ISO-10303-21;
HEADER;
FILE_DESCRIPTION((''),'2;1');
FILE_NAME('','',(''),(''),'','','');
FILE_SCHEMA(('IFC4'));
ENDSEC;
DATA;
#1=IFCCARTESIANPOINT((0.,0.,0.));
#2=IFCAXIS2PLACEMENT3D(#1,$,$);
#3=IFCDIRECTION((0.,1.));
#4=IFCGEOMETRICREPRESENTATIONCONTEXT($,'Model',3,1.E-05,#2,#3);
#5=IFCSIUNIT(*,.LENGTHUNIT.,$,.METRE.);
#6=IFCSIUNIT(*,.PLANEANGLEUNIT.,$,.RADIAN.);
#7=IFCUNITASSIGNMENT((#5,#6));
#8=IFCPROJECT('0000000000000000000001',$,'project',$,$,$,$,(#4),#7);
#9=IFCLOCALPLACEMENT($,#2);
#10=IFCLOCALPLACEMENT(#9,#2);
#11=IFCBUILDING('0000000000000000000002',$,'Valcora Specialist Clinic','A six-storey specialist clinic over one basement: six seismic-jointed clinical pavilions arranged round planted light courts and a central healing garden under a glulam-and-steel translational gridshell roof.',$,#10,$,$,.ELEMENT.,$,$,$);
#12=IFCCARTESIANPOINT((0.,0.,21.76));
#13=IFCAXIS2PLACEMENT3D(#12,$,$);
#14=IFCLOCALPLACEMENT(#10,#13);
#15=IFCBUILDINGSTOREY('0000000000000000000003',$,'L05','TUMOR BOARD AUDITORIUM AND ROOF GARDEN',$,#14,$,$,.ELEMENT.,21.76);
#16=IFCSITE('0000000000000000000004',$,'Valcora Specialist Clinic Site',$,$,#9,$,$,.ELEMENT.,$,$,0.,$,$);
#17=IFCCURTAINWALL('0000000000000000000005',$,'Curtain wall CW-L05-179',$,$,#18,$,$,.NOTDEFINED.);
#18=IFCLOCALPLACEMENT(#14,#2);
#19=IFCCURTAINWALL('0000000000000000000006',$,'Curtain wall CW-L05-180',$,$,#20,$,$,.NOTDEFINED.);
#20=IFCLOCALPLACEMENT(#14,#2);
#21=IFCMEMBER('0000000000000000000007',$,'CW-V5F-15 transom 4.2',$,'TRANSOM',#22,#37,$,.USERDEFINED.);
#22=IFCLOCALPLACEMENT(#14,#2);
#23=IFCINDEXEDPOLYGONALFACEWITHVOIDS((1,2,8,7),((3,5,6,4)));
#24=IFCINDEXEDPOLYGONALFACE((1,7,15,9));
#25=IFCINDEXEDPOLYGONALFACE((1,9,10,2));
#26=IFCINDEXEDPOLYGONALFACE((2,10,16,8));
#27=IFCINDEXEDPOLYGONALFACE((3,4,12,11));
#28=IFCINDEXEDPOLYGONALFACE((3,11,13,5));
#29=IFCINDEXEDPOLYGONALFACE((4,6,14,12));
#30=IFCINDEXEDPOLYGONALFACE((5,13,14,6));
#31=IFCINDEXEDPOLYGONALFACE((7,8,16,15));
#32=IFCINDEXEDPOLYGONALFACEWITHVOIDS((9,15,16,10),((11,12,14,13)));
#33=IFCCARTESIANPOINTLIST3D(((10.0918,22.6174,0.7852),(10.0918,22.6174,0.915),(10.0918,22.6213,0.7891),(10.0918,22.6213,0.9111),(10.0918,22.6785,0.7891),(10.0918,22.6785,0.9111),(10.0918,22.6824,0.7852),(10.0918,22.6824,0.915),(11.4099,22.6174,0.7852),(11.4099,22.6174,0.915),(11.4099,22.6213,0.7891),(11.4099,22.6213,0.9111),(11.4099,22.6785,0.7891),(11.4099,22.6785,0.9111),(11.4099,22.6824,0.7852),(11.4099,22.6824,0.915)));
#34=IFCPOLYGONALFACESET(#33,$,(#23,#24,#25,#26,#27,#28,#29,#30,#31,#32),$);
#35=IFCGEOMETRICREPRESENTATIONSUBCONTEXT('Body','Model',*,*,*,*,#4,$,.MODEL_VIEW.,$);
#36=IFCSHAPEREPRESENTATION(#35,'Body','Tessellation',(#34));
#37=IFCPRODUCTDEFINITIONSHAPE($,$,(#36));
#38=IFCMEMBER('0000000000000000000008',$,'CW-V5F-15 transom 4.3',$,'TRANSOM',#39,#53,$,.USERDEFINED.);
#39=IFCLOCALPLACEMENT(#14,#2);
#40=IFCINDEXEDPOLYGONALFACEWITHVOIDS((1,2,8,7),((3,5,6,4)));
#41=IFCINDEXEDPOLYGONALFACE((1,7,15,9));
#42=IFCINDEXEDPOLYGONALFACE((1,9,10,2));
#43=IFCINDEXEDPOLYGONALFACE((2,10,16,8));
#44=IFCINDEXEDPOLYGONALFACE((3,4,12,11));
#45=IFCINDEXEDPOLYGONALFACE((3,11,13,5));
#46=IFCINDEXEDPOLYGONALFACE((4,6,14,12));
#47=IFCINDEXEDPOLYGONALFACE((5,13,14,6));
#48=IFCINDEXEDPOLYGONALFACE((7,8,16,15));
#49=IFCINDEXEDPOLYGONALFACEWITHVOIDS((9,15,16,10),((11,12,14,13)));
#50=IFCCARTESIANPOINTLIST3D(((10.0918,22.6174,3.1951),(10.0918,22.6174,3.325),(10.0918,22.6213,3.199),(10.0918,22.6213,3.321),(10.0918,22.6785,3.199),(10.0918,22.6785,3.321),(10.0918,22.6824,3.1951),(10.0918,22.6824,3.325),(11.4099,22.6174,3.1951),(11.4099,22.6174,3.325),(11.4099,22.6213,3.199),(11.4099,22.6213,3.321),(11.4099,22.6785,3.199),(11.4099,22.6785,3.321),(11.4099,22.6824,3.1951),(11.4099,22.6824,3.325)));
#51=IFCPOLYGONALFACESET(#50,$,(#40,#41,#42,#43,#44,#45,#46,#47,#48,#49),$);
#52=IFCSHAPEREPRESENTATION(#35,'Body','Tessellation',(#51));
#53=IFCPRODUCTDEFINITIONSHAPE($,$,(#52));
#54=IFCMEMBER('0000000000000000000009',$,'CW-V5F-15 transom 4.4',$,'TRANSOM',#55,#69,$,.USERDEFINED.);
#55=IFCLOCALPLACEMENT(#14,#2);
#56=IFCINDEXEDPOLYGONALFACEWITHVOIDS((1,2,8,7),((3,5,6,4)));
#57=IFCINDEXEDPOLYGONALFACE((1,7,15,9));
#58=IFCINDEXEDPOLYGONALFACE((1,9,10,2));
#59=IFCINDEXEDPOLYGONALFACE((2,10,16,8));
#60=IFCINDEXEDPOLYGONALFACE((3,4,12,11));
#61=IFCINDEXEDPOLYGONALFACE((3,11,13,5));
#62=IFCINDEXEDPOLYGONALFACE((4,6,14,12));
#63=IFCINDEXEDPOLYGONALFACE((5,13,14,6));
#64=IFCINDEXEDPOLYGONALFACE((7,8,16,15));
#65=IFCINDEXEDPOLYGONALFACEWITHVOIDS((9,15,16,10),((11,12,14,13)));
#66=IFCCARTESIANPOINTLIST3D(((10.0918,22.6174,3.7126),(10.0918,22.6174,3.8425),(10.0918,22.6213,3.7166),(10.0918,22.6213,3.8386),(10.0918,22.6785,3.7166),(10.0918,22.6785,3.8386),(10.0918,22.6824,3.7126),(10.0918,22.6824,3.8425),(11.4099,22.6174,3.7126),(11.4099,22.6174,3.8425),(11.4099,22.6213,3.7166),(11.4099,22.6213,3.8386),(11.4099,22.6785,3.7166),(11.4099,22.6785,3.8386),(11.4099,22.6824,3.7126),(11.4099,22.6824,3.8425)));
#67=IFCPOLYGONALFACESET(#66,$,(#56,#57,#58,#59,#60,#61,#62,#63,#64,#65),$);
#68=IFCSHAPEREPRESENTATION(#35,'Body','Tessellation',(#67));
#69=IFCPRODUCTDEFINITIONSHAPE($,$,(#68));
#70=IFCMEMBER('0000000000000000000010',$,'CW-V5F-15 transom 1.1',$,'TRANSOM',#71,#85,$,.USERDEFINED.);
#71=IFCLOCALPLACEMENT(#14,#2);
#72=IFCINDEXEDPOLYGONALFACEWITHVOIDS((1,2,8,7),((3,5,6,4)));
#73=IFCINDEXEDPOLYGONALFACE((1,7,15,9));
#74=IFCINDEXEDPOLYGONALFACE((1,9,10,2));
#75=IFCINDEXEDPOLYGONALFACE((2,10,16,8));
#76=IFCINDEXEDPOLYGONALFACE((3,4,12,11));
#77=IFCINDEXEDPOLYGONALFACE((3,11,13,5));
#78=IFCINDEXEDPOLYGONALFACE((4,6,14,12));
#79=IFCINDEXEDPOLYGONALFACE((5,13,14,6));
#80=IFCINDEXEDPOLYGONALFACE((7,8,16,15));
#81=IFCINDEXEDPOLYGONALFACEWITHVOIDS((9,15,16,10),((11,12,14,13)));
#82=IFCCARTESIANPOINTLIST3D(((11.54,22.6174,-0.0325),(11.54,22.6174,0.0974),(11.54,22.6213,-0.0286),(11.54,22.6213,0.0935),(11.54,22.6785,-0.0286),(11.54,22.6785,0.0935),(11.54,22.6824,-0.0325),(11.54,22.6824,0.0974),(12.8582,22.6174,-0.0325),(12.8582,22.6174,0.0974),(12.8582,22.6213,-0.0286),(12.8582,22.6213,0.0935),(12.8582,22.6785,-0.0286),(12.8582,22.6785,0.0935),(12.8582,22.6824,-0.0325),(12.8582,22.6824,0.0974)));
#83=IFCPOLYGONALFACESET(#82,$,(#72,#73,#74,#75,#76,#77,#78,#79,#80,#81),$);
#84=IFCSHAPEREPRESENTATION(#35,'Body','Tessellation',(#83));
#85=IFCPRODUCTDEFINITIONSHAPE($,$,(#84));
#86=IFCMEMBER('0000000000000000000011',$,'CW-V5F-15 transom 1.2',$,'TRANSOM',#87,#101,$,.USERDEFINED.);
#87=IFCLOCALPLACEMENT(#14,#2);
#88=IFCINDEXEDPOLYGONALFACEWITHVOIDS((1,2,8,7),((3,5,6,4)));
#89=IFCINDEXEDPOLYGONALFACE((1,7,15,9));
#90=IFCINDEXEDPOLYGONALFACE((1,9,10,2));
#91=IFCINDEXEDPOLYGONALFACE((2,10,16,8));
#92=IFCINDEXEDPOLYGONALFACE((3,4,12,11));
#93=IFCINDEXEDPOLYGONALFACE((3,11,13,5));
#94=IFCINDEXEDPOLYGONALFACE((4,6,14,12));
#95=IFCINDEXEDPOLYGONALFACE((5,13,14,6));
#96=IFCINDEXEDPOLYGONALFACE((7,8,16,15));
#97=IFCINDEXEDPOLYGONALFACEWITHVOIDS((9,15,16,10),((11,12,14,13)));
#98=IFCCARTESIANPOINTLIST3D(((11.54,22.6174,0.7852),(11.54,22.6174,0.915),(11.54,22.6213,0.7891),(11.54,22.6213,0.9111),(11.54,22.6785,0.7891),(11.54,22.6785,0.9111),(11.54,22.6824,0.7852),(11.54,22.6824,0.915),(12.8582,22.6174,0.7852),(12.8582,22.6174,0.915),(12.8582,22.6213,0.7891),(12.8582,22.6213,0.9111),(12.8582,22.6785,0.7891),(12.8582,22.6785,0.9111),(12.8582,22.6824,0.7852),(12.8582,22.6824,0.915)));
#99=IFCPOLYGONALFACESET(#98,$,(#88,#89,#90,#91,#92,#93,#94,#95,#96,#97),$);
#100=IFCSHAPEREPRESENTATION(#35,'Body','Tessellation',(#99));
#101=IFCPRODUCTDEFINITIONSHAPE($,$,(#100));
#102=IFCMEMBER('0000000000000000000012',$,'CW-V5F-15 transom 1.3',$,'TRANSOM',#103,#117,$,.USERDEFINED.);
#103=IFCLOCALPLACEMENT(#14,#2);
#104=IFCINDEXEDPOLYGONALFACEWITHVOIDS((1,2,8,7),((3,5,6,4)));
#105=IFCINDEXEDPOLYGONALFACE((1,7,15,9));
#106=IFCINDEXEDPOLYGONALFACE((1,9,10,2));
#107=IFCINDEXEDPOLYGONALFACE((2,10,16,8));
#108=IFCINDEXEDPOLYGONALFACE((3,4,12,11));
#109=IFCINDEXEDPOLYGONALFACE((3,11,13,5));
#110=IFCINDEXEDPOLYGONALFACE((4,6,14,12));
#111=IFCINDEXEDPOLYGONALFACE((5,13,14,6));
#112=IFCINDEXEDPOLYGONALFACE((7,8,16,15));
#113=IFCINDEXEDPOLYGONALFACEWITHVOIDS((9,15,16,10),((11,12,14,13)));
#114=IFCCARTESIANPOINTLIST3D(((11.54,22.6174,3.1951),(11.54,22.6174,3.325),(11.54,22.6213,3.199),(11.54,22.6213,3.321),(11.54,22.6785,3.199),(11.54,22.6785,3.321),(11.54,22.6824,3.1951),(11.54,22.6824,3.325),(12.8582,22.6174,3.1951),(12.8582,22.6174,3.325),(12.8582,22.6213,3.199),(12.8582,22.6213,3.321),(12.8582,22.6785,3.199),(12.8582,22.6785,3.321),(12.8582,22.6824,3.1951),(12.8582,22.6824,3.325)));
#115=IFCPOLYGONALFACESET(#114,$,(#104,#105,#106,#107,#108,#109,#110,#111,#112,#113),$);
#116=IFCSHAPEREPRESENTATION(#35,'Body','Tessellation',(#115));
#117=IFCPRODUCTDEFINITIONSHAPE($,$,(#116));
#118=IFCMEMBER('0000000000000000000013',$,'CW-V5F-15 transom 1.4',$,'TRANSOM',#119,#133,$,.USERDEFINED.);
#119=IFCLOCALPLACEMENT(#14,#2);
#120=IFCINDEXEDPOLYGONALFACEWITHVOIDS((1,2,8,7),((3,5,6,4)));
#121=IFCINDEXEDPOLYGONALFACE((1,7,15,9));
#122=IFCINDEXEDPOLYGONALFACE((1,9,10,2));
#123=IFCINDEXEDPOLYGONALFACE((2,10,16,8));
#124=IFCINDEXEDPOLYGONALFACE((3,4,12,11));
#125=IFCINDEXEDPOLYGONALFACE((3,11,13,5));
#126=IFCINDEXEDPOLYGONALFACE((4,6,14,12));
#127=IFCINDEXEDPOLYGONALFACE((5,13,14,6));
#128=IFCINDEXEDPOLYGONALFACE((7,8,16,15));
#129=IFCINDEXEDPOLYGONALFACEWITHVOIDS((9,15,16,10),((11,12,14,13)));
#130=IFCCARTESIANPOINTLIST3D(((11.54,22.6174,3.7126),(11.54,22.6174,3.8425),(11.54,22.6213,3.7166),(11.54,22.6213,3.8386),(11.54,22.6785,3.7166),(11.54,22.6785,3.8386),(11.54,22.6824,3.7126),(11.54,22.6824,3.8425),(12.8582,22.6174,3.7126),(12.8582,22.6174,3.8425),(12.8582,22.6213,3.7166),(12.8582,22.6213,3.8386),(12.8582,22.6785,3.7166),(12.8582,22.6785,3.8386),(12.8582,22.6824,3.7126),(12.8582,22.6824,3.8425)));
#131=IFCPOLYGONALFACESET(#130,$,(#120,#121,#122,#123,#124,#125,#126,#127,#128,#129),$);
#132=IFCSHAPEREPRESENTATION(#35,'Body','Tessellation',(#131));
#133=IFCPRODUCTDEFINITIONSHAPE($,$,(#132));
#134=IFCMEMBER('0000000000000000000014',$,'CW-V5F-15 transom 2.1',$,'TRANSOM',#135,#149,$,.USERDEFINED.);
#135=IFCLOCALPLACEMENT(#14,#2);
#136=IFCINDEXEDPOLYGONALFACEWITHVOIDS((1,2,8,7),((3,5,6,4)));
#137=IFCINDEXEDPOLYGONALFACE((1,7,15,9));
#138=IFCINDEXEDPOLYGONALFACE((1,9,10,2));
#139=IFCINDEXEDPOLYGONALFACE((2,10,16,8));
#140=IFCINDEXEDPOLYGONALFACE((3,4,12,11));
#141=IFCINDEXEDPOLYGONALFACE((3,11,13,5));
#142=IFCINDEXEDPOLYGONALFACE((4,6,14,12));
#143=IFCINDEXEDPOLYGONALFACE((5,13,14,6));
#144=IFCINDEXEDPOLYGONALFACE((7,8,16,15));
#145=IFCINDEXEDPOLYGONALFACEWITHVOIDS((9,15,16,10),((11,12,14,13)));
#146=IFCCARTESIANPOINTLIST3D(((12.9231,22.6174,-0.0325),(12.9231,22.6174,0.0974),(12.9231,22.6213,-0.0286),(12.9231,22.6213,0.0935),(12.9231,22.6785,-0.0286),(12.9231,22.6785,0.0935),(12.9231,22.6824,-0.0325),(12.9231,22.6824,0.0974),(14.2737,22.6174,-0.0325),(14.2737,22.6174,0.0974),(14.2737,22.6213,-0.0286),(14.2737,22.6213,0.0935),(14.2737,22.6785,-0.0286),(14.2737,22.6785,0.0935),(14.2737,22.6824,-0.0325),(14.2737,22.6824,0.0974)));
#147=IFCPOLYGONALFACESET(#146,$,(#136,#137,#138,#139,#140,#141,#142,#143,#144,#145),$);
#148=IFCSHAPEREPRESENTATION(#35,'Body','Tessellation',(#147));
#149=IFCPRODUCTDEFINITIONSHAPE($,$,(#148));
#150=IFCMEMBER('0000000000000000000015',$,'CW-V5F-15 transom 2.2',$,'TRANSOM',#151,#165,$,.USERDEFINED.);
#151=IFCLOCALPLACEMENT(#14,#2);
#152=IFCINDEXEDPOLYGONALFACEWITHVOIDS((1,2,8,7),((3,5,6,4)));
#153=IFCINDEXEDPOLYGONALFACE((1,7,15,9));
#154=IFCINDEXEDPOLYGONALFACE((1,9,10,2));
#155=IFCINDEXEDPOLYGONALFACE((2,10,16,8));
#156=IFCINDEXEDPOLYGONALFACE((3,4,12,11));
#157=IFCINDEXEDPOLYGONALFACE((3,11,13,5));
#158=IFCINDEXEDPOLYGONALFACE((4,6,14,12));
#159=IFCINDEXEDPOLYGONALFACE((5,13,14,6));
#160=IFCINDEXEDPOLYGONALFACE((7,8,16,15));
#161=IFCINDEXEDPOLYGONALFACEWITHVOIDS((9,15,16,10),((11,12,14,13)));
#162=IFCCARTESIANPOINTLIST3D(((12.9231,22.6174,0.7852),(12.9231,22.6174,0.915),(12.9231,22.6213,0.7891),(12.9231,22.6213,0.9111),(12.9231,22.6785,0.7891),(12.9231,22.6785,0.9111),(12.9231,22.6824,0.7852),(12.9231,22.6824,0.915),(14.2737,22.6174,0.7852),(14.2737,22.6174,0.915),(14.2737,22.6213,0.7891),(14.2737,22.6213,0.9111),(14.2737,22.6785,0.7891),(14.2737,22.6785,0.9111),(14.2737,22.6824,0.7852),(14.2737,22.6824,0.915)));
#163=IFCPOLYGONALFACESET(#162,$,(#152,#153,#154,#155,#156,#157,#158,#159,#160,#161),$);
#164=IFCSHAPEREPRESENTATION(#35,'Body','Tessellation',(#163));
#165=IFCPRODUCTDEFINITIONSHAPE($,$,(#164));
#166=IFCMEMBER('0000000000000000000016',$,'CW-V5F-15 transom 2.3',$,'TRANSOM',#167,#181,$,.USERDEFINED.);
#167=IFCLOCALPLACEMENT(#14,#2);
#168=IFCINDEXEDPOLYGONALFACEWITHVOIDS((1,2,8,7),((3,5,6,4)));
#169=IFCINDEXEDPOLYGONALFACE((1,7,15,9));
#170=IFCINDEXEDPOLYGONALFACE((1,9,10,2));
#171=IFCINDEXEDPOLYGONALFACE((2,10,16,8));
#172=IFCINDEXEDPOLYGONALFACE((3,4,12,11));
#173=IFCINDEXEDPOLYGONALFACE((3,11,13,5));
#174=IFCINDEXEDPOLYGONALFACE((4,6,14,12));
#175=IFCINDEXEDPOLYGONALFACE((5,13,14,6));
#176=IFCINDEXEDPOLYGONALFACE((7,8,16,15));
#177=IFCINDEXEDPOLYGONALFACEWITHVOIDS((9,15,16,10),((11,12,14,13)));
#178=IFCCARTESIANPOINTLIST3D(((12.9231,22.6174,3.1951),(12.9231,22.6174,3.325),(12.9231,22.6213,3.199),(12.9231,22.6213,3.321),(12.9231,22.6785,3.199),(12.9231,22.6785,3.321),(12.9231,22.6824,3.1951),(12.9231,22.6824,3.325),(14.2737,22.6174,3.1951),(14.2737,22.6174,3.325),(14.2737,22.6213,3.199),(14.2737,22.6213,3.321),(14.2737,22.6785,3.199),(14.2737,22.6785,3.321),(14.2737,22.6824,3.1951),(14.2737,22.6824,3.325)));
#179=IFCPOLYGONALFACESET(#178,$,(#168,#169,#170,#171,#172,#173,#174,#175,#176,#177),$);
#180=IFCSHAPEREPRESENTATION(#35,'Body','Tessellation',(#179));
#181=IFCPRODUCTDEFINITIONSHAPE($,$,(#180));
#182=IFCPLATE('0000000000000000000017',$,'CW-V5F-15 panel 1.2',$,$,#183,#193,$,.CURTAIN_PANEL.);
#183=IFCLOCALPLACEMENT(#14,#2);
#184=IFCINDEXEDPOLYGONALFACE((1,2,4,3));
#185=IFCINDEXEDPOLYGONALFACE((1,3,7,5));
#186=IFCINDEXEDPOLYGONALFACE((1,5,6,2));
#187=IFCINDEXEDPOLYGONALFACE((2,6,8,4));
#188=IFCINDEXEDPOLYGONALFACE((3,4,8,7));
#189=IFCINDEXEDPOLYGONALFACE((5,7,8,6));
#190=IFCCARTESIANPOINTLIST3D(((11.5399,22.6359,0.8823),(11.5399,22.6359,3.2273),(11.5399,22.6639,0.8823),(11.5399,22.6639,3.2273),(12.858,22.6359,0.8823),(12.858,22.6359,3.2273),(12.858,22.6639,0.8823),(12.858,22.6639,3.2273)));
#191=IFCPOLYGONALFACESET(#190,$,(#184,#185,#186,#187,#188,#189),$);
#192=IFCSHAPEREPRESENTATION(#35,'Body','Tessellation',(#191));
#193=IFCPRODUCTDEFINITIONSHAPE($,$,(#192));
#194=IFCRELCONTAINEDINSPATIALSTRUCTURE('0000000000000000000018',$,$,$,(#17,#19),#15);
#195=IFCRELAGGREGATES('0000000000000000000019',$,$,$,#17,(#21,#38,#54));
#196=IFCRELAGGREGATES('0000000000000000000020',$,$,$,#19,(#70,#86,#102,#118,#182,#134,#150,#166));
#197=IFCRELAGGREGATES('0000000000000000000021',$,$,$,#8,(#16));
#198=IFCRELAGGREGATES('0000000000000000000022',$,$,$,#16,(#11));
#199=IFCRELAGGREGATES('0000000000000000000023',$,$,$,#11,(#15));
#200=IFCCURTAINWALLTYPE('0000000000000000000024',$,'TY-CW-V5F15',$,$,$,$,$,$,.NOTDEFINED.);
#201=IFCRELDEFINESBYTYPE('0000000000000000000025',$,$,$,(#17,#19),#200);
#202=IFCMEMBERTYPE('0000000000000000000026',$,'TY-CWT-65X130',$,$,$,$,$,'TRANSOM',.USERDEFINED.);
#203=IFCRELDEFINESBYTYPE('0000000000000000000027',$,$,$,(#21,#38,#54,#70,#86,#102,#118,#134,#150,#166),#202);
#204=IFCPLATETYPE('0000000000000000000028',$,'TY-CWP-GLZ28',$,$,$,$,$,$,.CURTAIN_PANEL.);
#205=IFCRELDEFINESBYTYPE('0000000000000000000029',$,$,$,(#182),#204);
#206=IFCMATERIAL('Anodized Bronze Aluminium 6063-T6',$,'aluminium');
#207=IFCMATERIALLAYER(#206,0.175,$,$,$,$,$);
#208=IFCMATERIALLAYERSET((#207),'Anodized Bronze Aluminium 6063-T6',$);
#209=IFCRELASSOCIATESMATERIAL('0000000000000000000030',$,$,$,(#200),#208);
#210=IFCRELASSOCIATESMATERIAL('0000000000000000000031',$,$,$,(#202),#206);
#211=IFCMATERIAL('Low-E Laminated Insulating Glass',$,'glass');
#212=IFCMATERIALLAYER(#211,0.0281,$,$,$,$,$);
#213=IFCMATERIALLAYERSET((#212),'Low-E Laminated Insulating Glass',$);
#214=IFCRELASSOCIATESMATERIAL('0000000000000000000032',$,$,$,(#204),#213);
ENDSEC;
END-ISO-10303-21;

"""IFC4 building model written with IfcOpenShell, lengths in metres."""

from ifc_helpers import new_model, si_unit, direction, frame, origin, origin_2d, place, context, subcontext, project, spatial, rectangle, hollow_rectangle, extrude, material, layer, layer_set, material_profile, profile_set, type_object, element, aggregate, save


model = new_model("IFC4")

# Units and contexts
model_context = context("Model", 3, precision=1e-05, world=origin(), true_north=direction((0.0, 1.0)))
body_context = subcontext(model_context, "Body", "Model", "MODEL_VIEW")
ifc_project = project(units=[si_unit("LENGTHUNIT", "METRE"), si_unit("PLANEANGLEUNIT", "RADIAN")], contexts=[model_context])

# Site, building, storey
site_placement = place(None, origin())
site = spatial("IfcSite", under=ifc_project, at=site_placement, Name="Valcora Specialist Clinic Site", CompositionType="ELEMENT", RefElevation=0.0)
building_placement = place(site_placement, origin())
building = spatial("IfcBuilding", under=site, at=building_placement, Name="Valcora Specialist Clinic", Description="A six-storey specialist clinic over one basement: six seismic-jointed clinical pavilions arranged round planted light courts and a central healing garden under a glulam-and-steel translational gridshell roof.", CompositionType="ELEMENT")
storey_placement = place(building_placement, frame((0.0, 0.0, 21.76)))
storey = spatial("IfcBuildingStorey", under=building, at=storey_placement, Name="L05", Description="TUMOR BOARD AUDITORIUM AND ROOF GARDEN", CompositionType="ELEMENT", Elevation=21.76)

# Curtain walls
ifc_material_1 = material(Name="Anodized Bronze Aluminium 6063-T6", Category="aluminium")
ifc_layer_1 = layer(ifc_material_1, 0.175)
ifc_layer_set_1 = layer_set([ifc_layer_1], Name="Anodized Bronze Aluminium 6063-T6")
curtain_wall_type = type_object("IfcCurtainWallType", Name="TY-CW-V5F15", PredefinedType="NOTDEFINED", material=ifc_layer_set_1)
curtain_wall_1_placement = place(storey_placement, origin())
curtain_wall_1 = element("IfcCurtainWall", 1, at=curtain_wall_1_placement, inside=storey, type_object=curtain_wall_type, Name="Curtain wall CW-L05-179", PredefinedType="NOTDEFINED")
curtain_wall_2_placement = place(storey_placement, origin())
curtain_wall_2 = element("IfcCurtainWall", 2, at=curtain_wall_2_placement, inside=storey, type_object=curtain_wall_type, Name="Curtain wall CW-L05-180", PredefinedType="NOTDEFINED")

# Members
ifc_material_profile_1 = material_profile(ifc_material_1, hollow_rectangle(XDim=0.0649, YDim=0.1299, WallThickness=0.0039, at=origin_2d()), Name="AL-TRN-65X130")
ifc_profile_set_1 = profile_set([ifc_material_profile_1], Name="Anodized Bronze Aluminium 6063-T6")
member_type_1 = type_object("IfcMemberType", Name="TY-CWT-65X130", ElementType="TRANSOM", PredefinedType="USERDEFINED", material=ifc_profile_set_1)
member_1_placement = place(storey_placement, frame((10.0918, 22.6499, 0.8501), z_axis=(1.0, 0.0, 0.0), x_axis=(0.0, 1.0, 0.0)))
member_1 = element("IfcMember", 3, at=member_1_placement, type_object=member_type_1, Name="CW-V5F-15 transom 4.2", ObjectType="TRANSOM", PredefinedType="USERDEFINED", context=body_context, shape_type="SweptSolid", body=[
    extrude(hollow_rectangle(XDim=0.0649, YDim=0.1299, WallThickness=0.0039, at=origin_2d()), origin(), (0.0, 0.0, 1.0), 1.3181),
])
member_2_placement = place(storey_placement, frame((10.0918, 22.6499, 3.26), z_axis=(1.0, 0.0, 0.0), x_axis=(0.0, 1.0, 0.0)))
member_2 = element("IfcMember", 4, at=member_2_placement, type_object=member_type_1, Name="CW-V5F-15 transom 4.3", ObjectType="TRANSOM", PredefinedType="USERDEFINED", context=body_context, shape_type="SweptSolid", body=[
    extrude(hollow_rectangle(XDim=0.0649, YDim=0.1299, WallThickness=0.0039, at=origin_2d()), origin(), (0.0, 0.0, 1.0), 1.3181),
])
member_3_placement = place(storey_placement, frame((10.0918, 22.6499, 3.7776), z_axis=(1.0, 0.0, 0.0), x_axis=(0.0, 1.0, 0.0)))
member_3 = element("IfcMember", 5, at=member_3_placement, type_object=member_type_1, Name="CW-V5F-15 transom 4.4", ObjectType="TRANSOM", PredefinedType="USERDEFINED", context=body_context, shape_type="SweptSolid", body=[
    extrude(hollow_rectangle(XDim=0.0649, YDim=0.1299, WallThickness=0.0039, at=origin_2d()), origin(), (0.0, 0.0, 1.0), 1.3181),
])
member_4_placement = place(storey_placement, frame((11.54, 22.6499, 0.0325), z_axis=(1.0, 0.0, 0.0), x_axis=(0.0, 1.0, 0.0)))
member_4 = element("IfcMember", 6, at=member_4_placement, type_object=member_type_1, Name="CW-V5F-15 transom 1.1", ObjectType="TRANSOM", PredefinedType="USERDEFINED", context=body_context, shape_type="SweptSolid", body=[
    extrude(hollow_rectangle(XDim=0.0649, YDim=0.1299, WallThickness=0.0039, at=origin_2d()), origin(), (0.0, 0.0, 1.0), 1.3181),
])
member_5_placement = place(storey_placement, frame((11.54, 22.6499, 0.8501), z_axis=(1.0, 0.0, 0.0), x_axis=(0.0, 1.0, 0.0)))
member_5 = element("IfcMember", 7, at=member_5_placement, type_object=member_type_1, Name="CW-V5F-15 transom 1.2", ObjectType="TRANSOM", PredefinedType="USERDEFINED", context=body_context, shape_type="SweptSolid", body=[
    extrude(hollow_rectangle(XDim=0.0649, YDim=0.1299, WallThickness=0.0039, at=origin_2d()), origin(), (0.0, 0.0, 1.0), 1.3181),
])
member_6_placement = place(storey_placement, frame((11.54, 22.6499, 3.26), z_axis=(1.0, 0.0, 0.0), x_axis=(0.0, 1.0, 0.0)))
member_6 = element("IfcMember", 8, at=member_6_placement, type_object=member_type_1, Name="CW-V5F-15 transom 1.3", ObjectType="TRANSOM", PredefinedType="USERDEFINED", context=body_context, shape_type="SweptSolid", body=[
    extrude(hollow_rectangle(XDim=0.0649, YDim=0.1299, WallThickness=0.0039, at=origin_2d()), origin(), (0.0, 0.0, 1.0), 1.3181),
])
member_7_placement = place(storey_placement, frame((11.54, 22.6499, 3.7776), z_axis=(1.0, 0.0, 0.0), x_axis=(0.0, 1.0, 0.0)))
member_7 = element("IfcMember", 9, at=member_7_placement, type_object=member_type_1, Name="CW-V5F-15 transom 1.4", ObjectType="TRANSOM", PredefinedType="USERDEFINED", context=body_context, shape_type="SweptSolid", body=[
    extrude(hollow_rectangle(XDim=0.0649, YDim=0.1299, WallThickness=0.0039, at=origin_2d()), origin(), (0.0, 0.0, 1.0), 1.3181),
])
member_8_placement = place(storey_placement, frame((12.9231, 22.6499, 0.0325), z_axis=(1.0, 0.0, 0.0), x_axis=(0.0, 1.0, 0.0)))
member_8 = element("IfcMember", 10, at=member_8_placement, type_object=member_type_1, Name="CW-V5F-15 transom 2.1", ObjectType="TRANSOM", PredefinedType="USERDEFINED", context=body_context, shape_type="SweptSolid", body=[
    extrude(hollow_rectangle(XDim=0.0649, YDim=0.1299, WallThickness=0.0039, at=origin_2d()), origin(), (0.0, 0.0, 1.0), 1.3506),
])
member_9_placement = place(storey_placement, frame((12.9231, 22.6499, 0.8501), z_axis=(1.0, 0.0, 0.0), x_axis=(0.0, 1.0, 0.0)))
member_9 = element("IfcMember", 11, at=member_9_placement, type_object=member_type_1, Name="CW-V5F-15 transom 2.2", ObjectType="TRANSOM", PredefinedType="USERDEFINED", context=body_context, shape_type="SweptSolid", body=[
    extrude(hollow_rectangle(XDim=0.0649, YDim=0.1299, WallThickness=0.0039, at=origin_2d()), origin(), (0.0, 0.0, 1.0), 1.3506),
])
member_10_placement = place(storey_placement, frame((12.9231, 22.6499, 3.26), z_axis=(1.0, 0.0, 0.0), x_axis=(0.0, 1.0, 0.0)))
member_10 = element("IfcMember", 12, at=member_10_placement, type_object=member_type_1, Name="CW-V5F-15 transom 2.3", ObjectType="TRANSOM", PredefinedType="USERDEFINED", context=body_context, shape_type="SweptSolid", body=[
    extrude(hollow_rectangle(XDim=0.0649, YDim=0.1299, WallThickness=0.0039, at=origin_2d()), origin(), (0.0, 0.0, 1.0), 1.3506),
])

# Plate
ifc_material_2 = material(Name="Low-E Laminated Insulating Glass", Category="glass")
ifc_layer_2 = layer(ifc_material_2, 0.0281)
ifc_layer_set_2 = layer_set([ifc_layer_2], Name="Low-E Laminated Insulating Glass")
plate_type_1 = type_object("IfcPlateType", Name="TY-CWP-GLZ28", PredefinedType="CURTAIN_PANEL", material=ifc_layer_set_2)
plate_1_placement = place(storey_placement, frame((12.199, 22.6499, 0.8823), z_axis=(0.0, 0.0, 1.0), x_axis=(1.0, 0.0, 0.0)))
plate_1 = element("IfcPlate", 13, at=plate_1_placement, type_object=plate_type_1, Name="CW-V5F-15 panel 1.2", PredefinedType="CURTAIN_PANEL", context=body_context, shape_type="SweptSolid", body=[
    extrude(rectangle(XDim=1.3181, YDim=0.0281, at=origin_2d()), origin(), (0.0, 0.0, 1.0), 2.345),
])
aggregate(curtain_wall_1, [member_1, member_2, member_3])
aggregate(curtain_wall_2, [member_4, member_5, member_6, member_7, plate_1, member_8, member_9, member_10])

save(model, "model.ifc")
